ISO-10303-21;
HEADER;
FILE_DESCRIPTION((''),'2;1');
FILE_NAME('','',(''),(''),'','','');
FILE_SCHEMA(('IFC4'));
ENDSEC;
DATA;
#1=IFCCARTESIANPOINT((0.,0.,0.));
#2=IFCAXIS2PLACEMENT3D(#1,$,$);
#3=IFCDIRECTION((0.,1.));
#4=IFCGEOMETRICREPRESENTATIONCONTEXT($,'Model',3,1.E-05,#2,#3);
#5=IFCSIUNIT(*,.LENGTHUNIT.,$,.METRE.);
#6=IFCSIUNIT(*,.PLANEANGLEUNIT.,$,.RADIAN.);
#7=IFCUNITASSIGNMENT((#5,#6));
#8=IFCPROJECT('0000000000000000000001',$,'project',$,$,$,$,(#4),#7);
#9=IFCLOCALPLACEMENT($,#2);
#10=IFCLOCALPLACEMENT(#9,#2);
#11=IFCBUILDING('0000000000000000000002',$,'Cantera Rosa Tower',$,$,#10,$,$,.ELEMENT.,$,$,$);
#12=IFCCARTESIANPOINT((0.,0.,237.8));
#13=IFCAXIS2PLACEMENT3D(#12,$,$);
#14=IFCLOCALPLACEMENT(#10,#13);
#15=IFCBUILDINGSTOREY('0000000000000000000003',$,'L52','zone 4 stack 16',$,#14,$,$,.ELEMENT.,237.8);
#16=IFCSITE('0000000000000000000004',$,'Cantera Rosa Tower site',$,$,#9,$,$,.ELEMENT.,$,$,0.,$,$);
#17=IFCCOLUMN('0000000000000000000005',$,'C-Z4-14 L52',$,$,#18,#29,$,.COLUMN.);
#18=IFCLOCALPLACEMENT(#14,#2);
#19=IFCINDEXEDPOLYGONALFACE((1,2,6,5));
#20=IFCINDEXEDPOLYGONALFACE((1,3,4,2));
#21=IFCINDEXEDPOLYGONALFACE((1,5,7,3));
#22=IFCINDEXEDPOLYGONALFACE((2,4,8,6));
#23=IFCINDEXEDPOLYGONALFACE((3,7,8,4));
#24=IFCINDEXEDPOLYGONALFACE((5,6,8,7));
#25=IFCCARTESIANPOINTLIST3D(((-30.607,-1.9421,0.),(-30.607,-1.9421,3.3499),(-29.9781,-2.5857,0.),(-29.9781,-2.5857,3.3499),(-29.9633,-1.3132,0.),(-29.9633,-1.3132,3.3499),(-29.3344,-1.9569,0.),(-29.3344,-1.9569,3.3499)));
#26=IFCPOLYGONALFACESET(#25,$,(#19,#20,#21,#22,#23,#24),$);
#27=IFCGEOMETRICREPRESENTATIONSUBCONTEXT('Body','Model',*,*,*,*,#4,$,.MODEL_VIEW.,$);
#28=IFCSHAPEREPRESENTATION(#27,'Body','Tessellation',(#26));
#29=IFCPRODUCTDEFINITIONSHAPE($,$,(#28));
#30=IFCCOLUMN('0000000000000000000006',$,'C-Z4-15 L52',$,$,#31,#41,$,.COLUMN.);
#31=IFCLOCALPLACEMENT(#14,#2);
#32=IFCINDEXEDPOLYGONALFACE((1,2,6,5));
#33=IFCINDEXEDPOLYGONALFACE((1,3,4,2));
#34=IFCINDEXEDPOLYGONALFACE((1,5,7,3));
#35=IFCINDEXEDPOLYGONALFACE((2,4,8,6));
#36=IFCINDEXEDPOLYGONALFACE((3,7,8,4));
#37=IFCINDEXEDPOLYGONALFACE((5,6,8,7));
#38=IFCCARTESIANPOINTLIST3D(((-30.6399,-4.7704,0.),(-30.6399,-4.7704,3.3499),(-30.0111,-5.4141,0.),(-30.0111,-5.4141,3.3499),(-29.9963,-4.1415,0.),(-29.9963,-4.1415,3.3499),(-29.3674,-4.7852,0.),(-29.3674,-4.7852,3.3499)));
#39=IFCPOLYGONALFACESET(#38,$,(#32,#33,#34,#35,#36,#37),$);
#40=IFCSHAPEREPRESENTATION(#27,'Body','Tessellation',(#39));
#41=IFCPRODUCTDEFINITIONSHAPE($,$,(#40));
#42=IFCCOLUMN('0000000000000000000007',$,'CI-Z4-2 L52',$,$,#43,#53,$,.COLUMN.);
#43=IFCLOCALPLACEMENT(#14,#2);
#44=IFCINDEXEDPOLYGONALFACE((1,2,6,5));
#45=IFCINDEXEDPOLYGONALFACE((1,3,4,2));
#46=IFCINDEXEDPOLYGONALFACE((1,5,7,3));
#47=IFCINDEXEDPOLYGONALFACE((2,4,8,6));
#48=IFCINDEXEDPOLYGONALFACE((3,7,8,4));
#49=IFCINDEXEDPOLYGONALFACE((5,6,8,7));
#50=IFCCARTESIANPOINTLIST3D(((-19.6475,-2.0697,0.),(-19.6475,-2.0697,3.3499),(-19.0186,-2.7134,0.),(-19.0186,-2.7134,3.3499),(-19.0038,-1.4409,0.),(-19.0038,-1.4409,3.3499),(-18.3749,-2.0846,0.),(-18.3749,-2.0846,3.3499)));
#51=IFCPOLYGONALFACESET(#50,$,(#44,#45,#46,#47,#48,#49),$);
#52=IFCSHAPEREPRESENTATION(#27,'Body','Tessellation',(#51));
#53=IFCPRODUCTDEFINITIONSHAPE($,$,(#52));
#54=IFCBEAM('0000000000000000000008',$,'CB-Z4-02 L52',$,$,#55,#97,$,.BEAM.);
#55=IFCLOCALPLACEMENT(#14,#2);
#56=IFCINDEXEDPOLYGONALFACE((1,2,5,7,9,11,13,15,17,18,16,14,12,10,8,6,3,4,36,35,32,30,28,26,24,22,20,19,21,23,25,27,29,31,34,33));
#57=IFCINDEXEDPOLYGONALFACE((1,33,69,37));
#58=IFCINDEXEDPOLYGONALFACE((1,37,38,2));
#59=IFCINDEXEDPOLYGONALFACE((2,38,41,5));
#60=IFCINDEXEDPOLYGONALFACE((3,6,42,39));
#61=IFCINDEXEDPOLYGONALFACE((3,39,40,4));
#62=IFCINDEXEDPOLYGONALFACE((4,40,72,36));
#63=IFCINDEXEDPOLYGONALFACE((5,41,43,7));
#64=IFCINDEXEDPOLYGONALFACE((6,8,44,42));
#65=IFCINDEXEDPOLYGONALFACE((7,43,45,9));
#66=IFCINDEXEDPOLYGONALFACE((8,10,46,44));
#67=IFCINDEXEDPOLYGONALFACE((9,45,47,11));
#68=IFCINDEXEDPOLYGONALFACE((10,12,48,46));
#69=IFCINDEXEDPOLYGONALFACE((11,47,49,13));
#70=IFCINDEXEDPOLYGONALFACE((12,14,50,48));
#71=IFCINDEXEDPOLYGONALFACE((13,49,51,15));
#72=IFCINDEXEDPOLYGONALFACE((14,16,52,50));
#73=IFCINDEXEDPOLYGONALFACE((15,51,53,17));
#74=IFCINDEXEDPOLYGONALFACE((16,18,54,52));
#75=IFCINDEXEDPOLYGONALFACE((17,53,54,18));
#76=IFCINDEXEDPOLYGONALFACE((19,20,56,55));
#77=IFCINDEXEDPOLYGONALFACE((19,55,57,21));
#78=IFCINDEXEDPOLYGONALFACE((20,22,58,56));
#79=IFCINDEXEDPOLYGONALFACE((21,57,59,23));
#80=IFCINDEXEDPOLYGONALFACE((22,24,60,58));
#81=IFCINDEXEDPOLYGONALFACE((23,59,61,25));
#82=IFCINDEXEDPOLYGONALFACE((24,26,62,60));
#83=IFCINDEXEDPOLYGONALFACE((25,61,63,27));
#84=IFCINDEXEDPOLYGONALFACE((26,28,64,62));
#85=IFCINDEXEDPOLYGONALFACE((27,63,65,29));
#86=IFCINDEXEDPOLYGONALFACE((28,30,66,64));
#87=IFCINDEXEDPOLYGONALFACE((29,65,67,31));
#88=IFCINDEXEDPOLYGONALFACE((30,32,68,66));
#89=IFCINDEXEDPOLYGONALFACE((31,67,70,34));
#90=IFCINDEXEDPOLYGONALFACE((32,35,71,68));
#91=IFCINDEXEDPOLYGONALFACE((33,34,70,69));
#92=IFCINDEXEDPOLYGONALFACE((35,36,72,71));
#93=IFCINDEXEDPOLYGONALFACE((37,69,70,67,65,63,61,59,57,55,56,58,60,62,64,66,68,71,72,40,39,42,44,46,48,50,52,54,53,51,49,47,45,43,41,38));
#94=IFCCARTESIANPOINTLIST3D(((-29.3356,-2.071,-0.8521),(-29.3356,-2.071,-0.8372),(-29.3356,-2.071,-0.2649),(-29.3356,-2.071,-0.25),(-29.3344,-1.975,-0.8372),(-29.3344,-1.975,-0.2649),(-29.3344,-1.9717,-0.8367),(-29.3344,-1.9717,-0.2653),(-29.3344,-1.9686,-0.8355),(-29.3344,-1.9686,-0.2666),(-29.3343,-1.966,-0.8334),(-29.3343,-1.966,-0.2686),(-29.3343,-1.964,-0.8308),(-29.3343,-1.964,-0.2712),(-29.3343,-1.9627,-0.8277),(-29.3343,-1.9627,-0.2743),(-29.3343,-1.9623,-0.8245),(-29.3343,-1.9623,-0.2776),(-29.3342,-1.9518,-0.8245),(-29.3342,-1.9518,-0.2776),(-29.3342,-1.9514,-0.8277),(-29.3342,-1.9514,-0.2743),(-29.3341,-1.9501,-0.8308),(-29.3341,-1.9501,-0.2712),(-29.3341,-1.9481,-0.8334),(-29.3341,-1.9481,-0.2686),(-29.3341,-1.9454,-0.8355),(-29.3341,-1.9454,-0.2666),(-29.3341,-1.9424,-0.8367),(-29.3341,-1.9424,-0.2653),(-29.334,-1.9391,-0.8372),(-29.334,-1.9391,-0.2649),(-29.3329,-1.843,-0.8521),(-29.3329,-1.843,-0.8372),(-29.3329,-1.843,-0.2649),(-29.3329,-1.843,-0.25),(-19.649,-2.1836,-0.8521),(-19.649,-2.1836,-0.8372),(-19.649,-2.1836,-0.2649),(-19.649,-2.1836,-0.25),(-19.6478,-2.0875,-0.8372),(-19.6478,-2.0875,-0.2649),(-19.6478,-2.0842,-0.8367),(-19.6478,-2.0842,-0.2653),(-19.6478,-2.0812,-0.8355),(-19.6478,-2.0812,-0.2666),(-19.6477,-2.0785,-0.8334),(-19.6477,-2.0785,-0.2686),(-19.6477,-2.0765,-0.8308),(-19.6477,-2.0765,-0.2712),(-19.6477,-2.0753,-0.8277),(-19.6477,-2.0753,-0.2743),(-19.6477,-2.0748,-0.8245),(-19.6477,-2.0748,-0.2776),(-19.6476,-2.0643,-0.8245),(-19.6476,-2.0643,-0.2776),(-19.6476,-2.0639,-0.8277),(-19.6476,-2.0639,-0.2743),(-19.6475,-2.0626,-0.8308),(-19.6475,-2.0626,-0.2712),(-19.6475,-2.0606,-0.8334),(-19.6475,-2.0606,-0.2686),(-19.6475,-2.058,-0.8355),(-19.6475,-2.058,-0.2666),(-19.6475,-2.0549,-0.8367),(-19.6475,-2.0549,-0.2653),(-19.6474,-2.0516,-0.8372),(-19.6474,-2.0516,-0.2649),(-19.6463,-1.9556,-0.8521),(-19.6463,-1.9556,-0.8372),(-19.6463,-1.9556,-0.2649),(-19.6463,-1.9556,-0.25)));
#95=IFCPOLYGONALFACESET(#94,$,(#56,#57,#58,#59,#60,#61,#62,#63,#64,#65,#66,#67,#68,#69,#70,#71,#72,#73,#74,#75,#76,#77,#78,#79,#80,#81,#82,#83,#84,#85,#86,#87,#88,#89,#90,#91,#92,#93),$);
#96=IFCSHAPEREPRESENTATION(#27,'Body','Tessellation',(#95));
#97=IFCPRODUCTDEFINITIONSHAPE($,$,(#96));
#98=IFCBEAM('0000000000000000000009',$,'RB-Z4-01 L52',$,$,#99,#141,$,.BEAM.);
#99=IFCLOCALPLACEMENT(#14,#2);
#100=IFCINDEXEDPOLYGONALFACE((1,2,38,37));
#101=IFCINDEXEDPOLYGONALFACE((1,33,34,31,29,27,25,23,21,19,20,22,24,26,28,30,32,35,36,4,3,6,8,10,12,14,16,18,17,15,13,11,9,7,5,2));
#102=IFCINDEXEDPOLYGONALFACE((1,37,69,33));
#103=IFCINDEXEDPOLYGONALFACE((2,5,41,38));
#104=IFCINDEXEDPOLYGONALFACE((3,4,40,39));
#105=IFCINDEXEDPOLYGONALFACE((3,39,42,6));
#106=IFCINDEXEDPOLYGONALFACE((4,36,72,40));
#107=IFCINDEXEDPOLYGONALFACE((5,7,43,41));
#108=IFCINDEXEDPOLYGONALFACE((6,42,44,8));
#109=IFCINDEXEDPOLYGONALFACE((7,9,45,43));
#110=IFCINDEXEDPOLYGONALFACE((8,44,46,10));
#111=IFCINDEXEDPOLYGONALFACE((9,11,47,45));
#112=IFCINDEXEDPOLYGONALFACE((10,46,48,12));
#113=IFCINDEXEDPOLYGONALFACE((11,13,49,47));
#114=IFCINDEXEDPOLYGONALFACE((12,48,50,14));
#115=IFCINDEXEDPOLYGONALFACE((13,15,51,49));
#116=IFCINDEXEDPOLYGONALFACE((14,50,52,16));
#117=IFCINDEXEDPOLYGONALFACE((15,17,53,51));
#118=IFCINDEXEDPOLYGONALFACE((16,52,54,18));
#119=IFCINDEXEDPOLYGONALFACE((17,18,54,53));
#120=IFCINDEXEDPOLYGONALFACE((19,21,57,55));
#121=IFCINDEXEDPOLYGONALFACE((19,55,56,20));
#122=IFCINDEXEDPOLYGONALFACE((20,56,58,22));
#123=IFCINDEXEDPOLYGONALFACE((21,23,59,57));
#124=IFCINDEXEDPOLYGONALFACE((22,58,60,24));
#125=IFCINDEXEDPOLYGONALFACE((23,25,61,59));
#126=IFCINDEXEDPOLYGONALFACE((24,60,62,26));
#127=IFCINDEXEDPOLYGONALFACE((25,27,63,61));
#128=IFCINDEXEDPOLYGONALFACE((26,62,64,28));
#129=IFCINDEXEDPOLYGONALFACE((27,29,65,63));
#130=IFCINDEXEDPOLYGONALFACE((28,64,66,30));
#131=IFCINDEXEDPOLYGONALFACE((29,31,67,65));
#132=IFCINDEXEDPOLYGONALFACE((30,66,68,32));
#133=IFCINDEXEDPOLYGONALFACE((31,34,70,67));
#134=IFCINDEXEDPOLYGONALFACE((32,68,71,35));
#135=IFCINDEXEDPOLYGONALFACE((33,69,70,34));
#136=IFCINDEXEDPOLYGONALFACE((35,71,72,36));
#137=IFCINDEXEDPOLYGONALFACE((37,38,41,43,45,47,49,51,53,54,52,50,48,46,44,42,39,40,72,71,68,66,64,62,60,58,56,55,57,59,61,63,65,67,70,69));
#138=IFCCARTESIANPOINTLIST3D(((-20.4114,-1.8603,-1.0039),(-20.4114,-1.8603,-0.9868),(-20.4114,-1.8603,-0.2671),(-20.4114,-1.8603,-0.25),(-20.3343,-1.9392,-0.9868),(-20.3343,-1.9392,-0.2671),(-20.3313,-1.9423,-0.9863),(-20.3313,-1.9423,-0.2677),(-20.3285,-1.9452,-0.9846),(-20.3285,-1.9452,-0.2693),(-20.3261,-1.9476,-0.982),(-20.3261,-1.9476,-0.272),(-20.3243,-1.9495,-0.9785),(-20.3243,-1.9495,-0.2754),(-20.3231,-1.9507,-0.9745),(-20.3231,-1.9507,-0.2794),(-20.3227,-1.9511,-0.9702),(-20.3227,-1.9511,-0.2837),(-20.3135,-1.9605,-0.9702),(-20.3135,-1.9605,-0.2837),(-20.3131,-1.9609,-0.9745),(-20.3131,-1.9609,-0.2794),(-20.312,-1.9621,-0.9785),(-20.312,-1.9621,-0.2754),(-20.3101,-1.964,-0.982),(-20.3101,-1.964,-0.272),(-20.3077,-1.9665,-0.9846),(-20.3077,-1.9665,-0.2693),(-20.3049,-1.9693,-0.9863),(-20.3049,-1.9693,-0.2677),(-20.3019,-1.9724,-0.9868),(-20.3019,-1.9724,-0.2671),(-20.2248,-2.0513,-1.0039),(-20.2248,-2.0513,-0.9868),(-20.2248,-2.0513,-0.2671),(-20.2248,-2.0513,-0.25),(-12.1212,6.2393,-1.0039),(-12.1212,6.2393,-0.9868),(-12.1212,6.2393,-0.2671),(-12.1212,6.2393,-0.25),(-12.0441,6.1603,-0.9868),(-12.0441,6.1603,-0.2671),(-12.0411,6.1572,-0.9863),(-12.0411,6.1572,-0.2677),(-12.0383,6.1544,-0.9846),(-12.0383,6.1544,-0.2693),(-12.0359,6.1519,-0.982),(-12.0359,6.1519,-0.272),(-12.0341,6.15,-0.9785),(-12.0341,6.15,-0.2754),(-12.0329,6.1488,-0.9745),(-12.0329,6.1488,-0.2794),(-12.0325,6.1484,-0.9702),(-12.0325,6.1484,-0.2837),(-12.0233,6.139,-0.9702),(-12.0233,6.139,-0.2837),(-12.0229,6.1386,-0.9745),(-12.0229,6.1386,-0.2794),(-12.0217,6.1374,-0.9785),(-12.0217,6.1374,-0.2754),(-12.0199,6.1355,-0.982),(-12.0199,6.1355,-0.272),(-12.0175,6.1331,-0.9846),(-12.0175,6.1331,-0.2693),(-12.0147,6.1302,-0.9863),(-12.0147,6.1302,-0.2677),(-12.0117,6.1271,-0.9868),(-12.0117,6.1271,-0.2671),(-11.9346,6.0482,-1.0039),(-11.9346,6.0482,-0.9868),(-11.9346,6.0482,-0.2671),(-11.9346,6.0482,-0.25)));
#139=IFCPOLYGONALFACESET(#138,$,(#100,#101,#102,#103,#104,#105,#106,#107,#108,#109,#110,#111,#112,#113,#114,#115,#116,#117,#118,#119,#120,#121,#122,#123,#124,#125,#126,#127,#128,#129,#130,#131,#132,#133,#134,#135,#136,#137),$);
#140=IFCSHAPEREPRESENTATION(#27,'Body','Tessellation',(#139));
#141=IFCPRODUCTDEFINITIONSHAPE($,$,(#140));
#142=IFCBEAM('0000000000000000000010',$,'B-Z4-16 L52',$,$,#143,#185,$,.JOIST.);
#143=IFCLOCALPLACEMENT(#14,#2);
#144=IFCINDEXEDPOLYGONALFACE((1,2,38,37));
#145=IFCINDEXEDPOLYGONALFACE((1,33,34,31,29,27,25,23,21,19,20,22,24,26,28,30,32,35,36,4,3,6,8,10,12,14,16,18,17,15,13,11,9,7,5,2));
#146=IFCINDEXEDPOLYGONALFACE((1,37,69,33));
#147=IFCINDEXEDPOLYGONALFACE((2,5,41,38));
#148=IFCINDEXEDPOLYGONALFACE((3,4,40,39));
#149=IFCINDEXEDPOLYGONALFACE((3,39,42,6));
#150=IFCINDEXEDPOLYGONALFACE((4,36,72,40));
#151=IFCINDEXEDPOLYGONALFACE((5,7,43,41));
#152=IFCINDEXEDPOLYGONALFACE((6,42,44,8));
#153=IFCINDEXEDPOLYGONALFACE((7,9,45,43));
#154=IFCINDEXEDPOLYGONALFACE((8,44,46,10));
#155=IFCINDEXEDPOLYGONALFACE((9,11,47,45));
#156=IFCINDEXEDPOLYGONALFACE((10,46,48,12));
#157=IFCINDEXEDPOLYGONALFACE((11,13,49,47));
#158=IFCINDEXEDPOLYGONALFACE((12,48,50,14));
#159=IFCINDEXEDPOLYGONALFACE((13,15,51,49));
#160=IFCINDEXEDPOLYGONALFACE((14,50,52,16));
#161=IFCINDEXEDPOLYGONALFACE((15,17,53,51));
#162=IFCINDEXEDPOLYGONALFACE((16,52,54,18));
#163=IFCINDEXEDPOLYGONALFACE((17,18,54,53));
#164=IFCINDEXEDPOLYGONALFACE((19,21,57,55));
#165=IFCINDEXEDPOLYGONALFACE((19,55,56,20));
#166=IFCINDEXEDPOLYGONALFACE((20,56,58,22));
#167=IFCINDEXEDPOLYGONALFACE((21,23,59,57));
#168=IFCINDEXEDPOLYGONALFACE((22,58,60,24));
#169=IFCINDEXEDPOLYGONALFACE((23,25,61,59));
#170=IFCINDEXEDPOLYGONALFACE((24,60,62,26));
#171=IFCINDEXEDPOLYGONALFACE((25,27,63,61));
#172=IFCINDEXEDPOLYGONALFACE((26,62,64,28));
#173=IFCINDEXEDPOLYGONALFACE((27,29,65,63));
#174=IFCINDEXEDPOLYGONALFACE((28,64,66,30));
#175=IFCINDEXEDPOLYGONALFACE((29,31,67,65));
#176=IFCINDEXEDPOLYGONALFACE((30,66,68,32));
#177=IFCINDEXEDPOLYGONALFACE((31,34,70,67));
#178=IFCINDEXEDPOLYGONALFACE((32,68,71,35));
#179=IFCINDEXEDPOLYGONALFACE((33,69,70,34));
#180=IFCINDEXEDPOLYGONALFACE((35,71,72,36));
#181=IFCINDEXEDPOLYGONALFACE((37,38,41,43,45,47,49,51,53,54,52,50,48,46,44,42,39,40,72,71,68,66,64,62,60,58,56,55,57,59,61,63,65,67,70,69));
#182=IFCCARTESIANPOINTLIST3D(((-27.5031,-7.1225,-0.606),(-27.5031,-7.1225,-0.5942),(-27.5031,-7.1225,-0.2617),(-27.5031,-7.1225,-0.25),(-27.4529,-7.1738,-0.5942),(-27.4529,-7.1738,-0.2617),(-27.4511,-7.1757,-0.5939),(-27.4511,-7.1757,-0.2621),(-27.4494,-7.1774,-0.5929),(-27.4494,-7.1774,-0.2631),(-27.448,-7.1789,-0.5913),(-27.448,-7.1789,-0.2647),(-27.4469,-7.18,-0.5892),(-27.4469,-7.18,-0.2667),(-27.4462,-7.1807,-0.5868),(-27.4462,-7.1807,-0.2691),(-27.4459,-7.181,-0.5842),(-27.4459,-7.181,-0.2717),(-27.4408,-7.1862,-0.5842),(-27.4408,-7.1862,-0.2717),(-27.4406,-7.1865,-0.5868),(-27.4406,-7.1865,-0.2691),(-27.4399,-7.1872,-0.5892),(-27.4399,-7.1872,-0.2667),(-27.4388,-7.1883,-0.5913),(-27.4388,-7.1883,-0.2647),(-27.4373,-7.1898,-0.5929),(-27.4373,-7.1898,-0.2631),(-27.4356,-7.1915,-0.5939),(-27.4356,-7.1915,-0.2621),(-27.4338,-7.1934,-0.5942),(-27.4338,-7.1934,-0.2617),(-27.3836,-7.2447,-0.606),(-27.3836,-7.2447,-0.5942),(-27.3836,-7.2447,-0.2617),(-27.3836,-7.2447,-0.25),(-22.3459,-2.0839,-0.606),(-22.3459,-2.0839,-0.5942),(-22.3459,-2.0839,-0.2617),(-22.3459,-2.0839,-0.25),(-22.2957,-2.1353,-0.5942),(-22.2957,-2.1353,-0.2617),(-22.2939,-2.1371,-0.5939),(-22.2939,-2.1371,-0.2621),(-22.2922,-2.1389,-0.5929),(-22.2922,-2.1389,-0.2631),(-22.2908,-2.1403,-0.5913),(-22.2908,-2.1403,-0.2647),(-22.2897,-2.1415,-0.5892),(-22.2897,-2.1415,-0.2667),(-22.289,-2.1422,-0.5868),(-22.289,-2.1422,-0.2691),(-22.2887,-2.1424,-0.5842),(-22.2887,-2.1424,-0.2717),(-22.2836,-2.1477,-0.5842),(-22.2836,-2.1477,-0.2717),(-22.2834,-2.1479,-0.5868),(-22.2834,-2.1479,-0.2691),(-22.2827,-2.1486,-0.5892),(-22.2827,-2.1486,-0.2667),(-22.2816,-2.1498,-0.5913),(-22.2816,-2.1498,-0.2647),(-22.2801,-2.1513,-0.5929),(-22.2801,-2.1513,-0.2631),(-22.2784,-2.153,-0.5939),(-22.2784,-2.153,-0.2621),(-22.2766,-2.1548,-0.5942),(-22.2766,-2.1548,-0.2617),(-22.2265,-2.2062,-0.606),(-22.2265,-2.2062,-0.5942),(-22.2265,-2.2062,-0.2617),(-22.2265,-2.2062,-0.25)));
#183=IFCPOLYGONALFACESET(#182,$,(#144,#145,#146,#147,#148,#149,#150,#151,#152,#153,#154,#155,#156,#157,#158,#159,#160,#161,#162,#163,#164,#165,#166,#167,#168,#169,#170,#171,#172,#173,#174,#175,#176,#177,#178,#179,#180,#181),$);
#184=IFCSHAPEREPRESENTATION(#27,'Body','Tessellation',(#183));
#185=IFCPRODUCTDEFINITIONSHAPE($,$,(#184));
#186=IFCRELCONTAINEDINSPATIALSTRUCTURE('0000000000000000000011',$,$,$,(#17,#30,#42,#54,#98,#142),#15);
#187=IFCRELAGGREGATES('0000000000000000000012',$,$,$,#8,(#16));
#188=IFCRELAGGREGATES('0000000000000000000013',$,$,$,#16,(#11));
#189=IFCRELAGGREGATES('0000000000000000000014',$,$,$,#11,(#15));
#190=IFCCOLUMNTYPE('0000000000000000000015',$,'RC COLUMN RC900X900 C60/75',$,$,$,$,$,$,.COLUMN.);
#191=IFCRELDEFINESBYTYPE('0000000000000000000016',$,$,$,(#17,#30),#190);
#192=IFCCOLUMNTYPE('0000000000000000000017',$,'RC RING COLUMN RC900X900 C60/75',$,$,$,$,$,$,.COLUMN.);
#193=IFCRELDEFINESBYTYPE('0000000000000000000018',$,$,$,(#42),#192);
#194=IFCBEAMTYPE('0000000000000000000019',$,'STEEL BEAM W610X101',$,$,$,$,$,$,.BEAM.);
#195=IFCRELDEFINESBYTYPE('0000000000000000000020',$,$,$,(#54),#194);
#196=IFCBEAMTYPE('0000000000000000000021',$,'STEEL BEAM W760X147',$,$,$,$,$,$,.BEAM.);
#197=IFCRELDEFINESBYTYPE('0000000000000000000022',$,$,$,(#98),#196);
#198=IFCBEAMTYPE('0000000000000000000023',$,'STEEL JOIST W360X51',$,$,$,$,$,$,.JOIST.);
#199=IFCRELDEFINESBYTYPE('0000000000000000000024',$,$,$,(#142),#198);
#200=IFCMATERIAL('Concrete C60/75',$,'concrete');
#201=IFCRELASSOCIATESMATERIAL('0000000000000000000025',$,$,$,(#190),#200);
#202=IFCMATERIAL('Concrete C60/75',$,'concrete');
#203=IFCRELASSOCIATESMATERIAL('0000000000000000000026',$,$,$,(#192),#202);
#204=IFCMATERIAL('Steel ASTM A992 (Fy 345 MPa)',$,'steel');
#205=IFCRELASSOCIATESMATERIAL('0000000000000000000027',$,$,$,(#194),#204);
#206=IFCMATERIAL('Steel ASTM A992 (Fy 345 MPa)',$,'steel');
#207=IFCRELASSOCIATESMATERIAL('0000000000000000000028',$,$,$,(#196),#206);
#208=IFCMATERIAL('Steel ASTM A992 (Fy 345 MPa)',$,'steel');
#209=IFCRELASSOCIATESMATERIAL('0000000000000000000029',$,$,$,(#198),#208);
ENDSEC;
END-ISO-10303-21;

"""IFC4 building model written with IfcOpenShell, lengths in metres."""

from ifc_helpers import new_model, si_unit, direction, frame, origin, origin_2d, place, context, subcontext, project, spatial, rectangle, i_section, extrude, material, material_profile, profile_set, type_object, element, save


model = new_model("IFC4")

# Units and contexts
model_context = context("Model", 3, precision=1e-05, world=origin(), true_north=direction((0.0, 1.0)))
body_context = subcontext(model_context, "Body", "Model", "MODEL_VIEW")
ifc_project = project(units=[si_unit("LENGTHUNIT", "METRE"), si_unit("PLANEANGLEUNIT", "RADIAN")], contexts=[model_context])

# Site, building, storey
site_placement = place(None, origin())
site = spatial("IfcSite", under=ifc_project, at=site_placement, Name="Cantera Rosa Tower site", CompositionType="ELEMENT", RefElevation=0.0)
building_placement = place(site_placement, origin())
building = spatial("IfcBuilding", under=site, at=building_placement, Name="Cantera Rosa Tower", CompositionType="ELEMENT")
storey_placement = place(building_placement, frame((0.0, 0.0, 237.8)))
storey = spatial("IfcBuildingStorey", under=building, at=storey_placement, Name="L52", Description="zone 4 stack 16", CompositionType="ELEMENT", Elevation=237.8)

# Columns
ifc_material_1 = material(Name="Concrete C60/75", Category="concrete")
ifc_material_profile_1 = material_profile(ifc_material_1, rectangle(XDim=0.8999, YDim=0.8999, at=origin_2d()), Name="RC COLUMN RC900X900 C60/75")
ifc_profile_set_1 = profile_set([ifc_material_profile_1], Name="Concrete C60/75")
column_type_1 = type_object("IfcColumnType", Name="RC COLUMN RC900X900 C60/75", PredefinedType="COLUMN", material=ifc_profile_set_1)
for number, where, z_axis, x_axis, name in (
    (1, (-29.9707, -1.9495, 0.0), (0.0, 0.0, 1.0), (0.715286, 0.698832, 0.0), "C-Z4-14 L52"),
    (2, (-30.0037, -4.7778, 0.0), (0.0, 0.0, 1.0), (0.715286, 0.698832, 0.0), "C-Z4-15 L52"),
):
    element("IfcColumn", number, at=place(storey_placement, frame(where, z_axis=z_axis, x_axis=x_axis)), inside=storey, type_object=column_type_1, Name=name, PredefinedType="COLUMN", context=body_context, shape_type="SweptSolid", body=[
        extrude(rectangle(XDim=0.8999, YDim=0.8999, at=origin_2d()), origin(), (0.0, 0.0, 1.0), 3.3499),
    ])
ifc_material_2 = material(Name="Concrete C60/75", Category="concrete")
ifc_material_profile_2 = material_profile(ifc_material_2, rectangle(XDim=0.8999, YDim=0.8999, at=origin_2d()), Name="RC RING COLUMN RC900X900 C60/75")
ifc_profile_set_2 = profile_set([ifc_material_profile_2], Name="Concrete C60/75")
column_type_2 = type_object("IfcColumnType", Name="RC RING COLUMN RC900X900 C60/75", PredefinedType="COLUMN", material=ifc_profile_set_2)
column_placement = place(storey_placement, frame((-19.0112, -2.0771, 0.0), z_axis=(0.0, 0.0, 1.0), x_axis=(0.715286, 0.698832, 0.0)))
element("IfcColumn", 3, at=column_placement, inside=storey, type_object=column_type_2, Name="CI-Z4-2 L52", PredefinedType="COLUMN", context=body_context, shape_type="SweptSolid", body=[
    extrude(rectangle(XDim=0.8999, YDim=0.8999, at=origin_2d()), origin(), (0.0, 0.0, 1.0), 3.3499),
])

# Beams
ifc_material_3 = material(Name="Steel ASTM A992 (Fy 345 MPa)", Category="steel")
ifc_material_profile_3 = material_profile(ifc_material_3, i_section(OverallWidth=0.228, OverallDepth=0.6021, WebThickness=0.0105, FlangeThickness=0.0149, FilletRadius=0.0127, at=origin_2d()), Name="W610X101")
ifc_profile_set_3 = profile_set([ifc_material_profile_3], Name="Steel ASTM A992 (Fy 345 MPa)")
beam_type_1 = type_object("IfcBeamType", Name="STEEL BEAM W610X101", PredefinedType="BEAM", material=ifc_profile_set_3)
beam_1_placement = place(storey_placement, frame((-29.3342, -1.957, -0.551), z_axis=(0.999933, -0.011618, 0.0), x_axis=(0.011618, 0.999933, 0.0)))
element("IfcBeam", 4, at=beam_1_placement, inside=storey, type_object=beam_type_1, Name="CB-Z4-02 L52", PredefinedType="BEAM", context=body_context, shape_type="SweptSolid", body=[
    extrude(i_section(OverallWidth=0.228, OverallDepth=0.6021, WebThickness=0.0105, FlangeThickness=0.0149, FilletRadius=0.0127, at=origin_2d()), origin(), (0.0, 0.0, 1.0), 9.6873),
])
ifc_material_4 = material(Name="Steel ASTM A992 (Fy 345 MPa)", Category="steel")
ifc_material_profile_4 = material_profile(ifc_material_4, i_section(OverallWidth=0.2671, OverallDepth=0.7539, WebThickness=0.0132, FlangeThickness=0.0171, FilletRadius=0.0166, at=origin_2d()), Name="W760X147")
ifc_profile_set_4 = profile_set([ifc_material_profile_4], Name="Steel ASTM A992 (Fy 345 MPa)")
beam_type_2 = type_object("IfcBeamType", Name="STEEL BEAM W760X147", PredefinedType="BEAM", material=ifc_profile_set_4)
beam_2_placement = place(storey_placement, frame((-20.3181, -1.9558, -0.627), z_axis=(0.715285, 0.698833, 0.0), x_axis=(-0.698833, 0.715285, 0.0)))
element("IfcBeam", 5, at=beam_2_placement, inside=storey, type_object=beam_type_2, Name="RB-Z4-01 L52", PredefinedType="BEAM", context=body_context, shape_type="SweptSolid", body=[
    extrude(i_section(OverallWidth=0.2671, OverallDepth=0.7539, WebThickness=0.0132, FlangeThickness=0.0171, FilletRadius=0.0166, at=origin_2d()), origin(), (0.0, 0.0, 1.0), 11.5901),
])
ifc_material_5 = material(Name="Steel ASTM A992 (Fy 345 MPa)", Category="steel")
ifc_material_profile_5 = material_profile(ifc_material_5, i_section(OverallWidth=0.1709, OverallDepth=0.356, WebThickness=0.0073, FlangeThickness=0.0117, FilletRadius=0.01, at=origin_2d()), Name="W360X51")
ifc_profile_set_5 = profile_set([ifc_material_profile_5], Name="Steel ASTM A992 (Fy 345 MPa)")
beam_type_3 = type_object("IfcBeamType", Name="STEEL JOIST W360X51", PredefinedType="JOIST", material=ifc_profile_set_5)
beam_3_placement = place(storey_placement, frame((-27.4434, -7.1836, -0.428), z_axis=(0.715287, 0.698831, 0.0), x_axis=(-0.698831, 0.715287, 0.0)))
element("IfcBeam", 6, at=beam_3_placement, inside=storey, type_object=beam_type_3, Name="B-Z4-16 L52", PredefinedType="JOIST", context=body_context, shape_type="SweptSolid", body=[
    extrude(i_section(OverallWidth=0.1709, OverallDepth=0.356, WebThickness=0.0073, FlangeThickness=0.0117, FilletRadius=0.01, at=origin_2d()), origin(), (0.0, 0.0, 1.0), 7.21),
])

save(model, "model.ifc")
